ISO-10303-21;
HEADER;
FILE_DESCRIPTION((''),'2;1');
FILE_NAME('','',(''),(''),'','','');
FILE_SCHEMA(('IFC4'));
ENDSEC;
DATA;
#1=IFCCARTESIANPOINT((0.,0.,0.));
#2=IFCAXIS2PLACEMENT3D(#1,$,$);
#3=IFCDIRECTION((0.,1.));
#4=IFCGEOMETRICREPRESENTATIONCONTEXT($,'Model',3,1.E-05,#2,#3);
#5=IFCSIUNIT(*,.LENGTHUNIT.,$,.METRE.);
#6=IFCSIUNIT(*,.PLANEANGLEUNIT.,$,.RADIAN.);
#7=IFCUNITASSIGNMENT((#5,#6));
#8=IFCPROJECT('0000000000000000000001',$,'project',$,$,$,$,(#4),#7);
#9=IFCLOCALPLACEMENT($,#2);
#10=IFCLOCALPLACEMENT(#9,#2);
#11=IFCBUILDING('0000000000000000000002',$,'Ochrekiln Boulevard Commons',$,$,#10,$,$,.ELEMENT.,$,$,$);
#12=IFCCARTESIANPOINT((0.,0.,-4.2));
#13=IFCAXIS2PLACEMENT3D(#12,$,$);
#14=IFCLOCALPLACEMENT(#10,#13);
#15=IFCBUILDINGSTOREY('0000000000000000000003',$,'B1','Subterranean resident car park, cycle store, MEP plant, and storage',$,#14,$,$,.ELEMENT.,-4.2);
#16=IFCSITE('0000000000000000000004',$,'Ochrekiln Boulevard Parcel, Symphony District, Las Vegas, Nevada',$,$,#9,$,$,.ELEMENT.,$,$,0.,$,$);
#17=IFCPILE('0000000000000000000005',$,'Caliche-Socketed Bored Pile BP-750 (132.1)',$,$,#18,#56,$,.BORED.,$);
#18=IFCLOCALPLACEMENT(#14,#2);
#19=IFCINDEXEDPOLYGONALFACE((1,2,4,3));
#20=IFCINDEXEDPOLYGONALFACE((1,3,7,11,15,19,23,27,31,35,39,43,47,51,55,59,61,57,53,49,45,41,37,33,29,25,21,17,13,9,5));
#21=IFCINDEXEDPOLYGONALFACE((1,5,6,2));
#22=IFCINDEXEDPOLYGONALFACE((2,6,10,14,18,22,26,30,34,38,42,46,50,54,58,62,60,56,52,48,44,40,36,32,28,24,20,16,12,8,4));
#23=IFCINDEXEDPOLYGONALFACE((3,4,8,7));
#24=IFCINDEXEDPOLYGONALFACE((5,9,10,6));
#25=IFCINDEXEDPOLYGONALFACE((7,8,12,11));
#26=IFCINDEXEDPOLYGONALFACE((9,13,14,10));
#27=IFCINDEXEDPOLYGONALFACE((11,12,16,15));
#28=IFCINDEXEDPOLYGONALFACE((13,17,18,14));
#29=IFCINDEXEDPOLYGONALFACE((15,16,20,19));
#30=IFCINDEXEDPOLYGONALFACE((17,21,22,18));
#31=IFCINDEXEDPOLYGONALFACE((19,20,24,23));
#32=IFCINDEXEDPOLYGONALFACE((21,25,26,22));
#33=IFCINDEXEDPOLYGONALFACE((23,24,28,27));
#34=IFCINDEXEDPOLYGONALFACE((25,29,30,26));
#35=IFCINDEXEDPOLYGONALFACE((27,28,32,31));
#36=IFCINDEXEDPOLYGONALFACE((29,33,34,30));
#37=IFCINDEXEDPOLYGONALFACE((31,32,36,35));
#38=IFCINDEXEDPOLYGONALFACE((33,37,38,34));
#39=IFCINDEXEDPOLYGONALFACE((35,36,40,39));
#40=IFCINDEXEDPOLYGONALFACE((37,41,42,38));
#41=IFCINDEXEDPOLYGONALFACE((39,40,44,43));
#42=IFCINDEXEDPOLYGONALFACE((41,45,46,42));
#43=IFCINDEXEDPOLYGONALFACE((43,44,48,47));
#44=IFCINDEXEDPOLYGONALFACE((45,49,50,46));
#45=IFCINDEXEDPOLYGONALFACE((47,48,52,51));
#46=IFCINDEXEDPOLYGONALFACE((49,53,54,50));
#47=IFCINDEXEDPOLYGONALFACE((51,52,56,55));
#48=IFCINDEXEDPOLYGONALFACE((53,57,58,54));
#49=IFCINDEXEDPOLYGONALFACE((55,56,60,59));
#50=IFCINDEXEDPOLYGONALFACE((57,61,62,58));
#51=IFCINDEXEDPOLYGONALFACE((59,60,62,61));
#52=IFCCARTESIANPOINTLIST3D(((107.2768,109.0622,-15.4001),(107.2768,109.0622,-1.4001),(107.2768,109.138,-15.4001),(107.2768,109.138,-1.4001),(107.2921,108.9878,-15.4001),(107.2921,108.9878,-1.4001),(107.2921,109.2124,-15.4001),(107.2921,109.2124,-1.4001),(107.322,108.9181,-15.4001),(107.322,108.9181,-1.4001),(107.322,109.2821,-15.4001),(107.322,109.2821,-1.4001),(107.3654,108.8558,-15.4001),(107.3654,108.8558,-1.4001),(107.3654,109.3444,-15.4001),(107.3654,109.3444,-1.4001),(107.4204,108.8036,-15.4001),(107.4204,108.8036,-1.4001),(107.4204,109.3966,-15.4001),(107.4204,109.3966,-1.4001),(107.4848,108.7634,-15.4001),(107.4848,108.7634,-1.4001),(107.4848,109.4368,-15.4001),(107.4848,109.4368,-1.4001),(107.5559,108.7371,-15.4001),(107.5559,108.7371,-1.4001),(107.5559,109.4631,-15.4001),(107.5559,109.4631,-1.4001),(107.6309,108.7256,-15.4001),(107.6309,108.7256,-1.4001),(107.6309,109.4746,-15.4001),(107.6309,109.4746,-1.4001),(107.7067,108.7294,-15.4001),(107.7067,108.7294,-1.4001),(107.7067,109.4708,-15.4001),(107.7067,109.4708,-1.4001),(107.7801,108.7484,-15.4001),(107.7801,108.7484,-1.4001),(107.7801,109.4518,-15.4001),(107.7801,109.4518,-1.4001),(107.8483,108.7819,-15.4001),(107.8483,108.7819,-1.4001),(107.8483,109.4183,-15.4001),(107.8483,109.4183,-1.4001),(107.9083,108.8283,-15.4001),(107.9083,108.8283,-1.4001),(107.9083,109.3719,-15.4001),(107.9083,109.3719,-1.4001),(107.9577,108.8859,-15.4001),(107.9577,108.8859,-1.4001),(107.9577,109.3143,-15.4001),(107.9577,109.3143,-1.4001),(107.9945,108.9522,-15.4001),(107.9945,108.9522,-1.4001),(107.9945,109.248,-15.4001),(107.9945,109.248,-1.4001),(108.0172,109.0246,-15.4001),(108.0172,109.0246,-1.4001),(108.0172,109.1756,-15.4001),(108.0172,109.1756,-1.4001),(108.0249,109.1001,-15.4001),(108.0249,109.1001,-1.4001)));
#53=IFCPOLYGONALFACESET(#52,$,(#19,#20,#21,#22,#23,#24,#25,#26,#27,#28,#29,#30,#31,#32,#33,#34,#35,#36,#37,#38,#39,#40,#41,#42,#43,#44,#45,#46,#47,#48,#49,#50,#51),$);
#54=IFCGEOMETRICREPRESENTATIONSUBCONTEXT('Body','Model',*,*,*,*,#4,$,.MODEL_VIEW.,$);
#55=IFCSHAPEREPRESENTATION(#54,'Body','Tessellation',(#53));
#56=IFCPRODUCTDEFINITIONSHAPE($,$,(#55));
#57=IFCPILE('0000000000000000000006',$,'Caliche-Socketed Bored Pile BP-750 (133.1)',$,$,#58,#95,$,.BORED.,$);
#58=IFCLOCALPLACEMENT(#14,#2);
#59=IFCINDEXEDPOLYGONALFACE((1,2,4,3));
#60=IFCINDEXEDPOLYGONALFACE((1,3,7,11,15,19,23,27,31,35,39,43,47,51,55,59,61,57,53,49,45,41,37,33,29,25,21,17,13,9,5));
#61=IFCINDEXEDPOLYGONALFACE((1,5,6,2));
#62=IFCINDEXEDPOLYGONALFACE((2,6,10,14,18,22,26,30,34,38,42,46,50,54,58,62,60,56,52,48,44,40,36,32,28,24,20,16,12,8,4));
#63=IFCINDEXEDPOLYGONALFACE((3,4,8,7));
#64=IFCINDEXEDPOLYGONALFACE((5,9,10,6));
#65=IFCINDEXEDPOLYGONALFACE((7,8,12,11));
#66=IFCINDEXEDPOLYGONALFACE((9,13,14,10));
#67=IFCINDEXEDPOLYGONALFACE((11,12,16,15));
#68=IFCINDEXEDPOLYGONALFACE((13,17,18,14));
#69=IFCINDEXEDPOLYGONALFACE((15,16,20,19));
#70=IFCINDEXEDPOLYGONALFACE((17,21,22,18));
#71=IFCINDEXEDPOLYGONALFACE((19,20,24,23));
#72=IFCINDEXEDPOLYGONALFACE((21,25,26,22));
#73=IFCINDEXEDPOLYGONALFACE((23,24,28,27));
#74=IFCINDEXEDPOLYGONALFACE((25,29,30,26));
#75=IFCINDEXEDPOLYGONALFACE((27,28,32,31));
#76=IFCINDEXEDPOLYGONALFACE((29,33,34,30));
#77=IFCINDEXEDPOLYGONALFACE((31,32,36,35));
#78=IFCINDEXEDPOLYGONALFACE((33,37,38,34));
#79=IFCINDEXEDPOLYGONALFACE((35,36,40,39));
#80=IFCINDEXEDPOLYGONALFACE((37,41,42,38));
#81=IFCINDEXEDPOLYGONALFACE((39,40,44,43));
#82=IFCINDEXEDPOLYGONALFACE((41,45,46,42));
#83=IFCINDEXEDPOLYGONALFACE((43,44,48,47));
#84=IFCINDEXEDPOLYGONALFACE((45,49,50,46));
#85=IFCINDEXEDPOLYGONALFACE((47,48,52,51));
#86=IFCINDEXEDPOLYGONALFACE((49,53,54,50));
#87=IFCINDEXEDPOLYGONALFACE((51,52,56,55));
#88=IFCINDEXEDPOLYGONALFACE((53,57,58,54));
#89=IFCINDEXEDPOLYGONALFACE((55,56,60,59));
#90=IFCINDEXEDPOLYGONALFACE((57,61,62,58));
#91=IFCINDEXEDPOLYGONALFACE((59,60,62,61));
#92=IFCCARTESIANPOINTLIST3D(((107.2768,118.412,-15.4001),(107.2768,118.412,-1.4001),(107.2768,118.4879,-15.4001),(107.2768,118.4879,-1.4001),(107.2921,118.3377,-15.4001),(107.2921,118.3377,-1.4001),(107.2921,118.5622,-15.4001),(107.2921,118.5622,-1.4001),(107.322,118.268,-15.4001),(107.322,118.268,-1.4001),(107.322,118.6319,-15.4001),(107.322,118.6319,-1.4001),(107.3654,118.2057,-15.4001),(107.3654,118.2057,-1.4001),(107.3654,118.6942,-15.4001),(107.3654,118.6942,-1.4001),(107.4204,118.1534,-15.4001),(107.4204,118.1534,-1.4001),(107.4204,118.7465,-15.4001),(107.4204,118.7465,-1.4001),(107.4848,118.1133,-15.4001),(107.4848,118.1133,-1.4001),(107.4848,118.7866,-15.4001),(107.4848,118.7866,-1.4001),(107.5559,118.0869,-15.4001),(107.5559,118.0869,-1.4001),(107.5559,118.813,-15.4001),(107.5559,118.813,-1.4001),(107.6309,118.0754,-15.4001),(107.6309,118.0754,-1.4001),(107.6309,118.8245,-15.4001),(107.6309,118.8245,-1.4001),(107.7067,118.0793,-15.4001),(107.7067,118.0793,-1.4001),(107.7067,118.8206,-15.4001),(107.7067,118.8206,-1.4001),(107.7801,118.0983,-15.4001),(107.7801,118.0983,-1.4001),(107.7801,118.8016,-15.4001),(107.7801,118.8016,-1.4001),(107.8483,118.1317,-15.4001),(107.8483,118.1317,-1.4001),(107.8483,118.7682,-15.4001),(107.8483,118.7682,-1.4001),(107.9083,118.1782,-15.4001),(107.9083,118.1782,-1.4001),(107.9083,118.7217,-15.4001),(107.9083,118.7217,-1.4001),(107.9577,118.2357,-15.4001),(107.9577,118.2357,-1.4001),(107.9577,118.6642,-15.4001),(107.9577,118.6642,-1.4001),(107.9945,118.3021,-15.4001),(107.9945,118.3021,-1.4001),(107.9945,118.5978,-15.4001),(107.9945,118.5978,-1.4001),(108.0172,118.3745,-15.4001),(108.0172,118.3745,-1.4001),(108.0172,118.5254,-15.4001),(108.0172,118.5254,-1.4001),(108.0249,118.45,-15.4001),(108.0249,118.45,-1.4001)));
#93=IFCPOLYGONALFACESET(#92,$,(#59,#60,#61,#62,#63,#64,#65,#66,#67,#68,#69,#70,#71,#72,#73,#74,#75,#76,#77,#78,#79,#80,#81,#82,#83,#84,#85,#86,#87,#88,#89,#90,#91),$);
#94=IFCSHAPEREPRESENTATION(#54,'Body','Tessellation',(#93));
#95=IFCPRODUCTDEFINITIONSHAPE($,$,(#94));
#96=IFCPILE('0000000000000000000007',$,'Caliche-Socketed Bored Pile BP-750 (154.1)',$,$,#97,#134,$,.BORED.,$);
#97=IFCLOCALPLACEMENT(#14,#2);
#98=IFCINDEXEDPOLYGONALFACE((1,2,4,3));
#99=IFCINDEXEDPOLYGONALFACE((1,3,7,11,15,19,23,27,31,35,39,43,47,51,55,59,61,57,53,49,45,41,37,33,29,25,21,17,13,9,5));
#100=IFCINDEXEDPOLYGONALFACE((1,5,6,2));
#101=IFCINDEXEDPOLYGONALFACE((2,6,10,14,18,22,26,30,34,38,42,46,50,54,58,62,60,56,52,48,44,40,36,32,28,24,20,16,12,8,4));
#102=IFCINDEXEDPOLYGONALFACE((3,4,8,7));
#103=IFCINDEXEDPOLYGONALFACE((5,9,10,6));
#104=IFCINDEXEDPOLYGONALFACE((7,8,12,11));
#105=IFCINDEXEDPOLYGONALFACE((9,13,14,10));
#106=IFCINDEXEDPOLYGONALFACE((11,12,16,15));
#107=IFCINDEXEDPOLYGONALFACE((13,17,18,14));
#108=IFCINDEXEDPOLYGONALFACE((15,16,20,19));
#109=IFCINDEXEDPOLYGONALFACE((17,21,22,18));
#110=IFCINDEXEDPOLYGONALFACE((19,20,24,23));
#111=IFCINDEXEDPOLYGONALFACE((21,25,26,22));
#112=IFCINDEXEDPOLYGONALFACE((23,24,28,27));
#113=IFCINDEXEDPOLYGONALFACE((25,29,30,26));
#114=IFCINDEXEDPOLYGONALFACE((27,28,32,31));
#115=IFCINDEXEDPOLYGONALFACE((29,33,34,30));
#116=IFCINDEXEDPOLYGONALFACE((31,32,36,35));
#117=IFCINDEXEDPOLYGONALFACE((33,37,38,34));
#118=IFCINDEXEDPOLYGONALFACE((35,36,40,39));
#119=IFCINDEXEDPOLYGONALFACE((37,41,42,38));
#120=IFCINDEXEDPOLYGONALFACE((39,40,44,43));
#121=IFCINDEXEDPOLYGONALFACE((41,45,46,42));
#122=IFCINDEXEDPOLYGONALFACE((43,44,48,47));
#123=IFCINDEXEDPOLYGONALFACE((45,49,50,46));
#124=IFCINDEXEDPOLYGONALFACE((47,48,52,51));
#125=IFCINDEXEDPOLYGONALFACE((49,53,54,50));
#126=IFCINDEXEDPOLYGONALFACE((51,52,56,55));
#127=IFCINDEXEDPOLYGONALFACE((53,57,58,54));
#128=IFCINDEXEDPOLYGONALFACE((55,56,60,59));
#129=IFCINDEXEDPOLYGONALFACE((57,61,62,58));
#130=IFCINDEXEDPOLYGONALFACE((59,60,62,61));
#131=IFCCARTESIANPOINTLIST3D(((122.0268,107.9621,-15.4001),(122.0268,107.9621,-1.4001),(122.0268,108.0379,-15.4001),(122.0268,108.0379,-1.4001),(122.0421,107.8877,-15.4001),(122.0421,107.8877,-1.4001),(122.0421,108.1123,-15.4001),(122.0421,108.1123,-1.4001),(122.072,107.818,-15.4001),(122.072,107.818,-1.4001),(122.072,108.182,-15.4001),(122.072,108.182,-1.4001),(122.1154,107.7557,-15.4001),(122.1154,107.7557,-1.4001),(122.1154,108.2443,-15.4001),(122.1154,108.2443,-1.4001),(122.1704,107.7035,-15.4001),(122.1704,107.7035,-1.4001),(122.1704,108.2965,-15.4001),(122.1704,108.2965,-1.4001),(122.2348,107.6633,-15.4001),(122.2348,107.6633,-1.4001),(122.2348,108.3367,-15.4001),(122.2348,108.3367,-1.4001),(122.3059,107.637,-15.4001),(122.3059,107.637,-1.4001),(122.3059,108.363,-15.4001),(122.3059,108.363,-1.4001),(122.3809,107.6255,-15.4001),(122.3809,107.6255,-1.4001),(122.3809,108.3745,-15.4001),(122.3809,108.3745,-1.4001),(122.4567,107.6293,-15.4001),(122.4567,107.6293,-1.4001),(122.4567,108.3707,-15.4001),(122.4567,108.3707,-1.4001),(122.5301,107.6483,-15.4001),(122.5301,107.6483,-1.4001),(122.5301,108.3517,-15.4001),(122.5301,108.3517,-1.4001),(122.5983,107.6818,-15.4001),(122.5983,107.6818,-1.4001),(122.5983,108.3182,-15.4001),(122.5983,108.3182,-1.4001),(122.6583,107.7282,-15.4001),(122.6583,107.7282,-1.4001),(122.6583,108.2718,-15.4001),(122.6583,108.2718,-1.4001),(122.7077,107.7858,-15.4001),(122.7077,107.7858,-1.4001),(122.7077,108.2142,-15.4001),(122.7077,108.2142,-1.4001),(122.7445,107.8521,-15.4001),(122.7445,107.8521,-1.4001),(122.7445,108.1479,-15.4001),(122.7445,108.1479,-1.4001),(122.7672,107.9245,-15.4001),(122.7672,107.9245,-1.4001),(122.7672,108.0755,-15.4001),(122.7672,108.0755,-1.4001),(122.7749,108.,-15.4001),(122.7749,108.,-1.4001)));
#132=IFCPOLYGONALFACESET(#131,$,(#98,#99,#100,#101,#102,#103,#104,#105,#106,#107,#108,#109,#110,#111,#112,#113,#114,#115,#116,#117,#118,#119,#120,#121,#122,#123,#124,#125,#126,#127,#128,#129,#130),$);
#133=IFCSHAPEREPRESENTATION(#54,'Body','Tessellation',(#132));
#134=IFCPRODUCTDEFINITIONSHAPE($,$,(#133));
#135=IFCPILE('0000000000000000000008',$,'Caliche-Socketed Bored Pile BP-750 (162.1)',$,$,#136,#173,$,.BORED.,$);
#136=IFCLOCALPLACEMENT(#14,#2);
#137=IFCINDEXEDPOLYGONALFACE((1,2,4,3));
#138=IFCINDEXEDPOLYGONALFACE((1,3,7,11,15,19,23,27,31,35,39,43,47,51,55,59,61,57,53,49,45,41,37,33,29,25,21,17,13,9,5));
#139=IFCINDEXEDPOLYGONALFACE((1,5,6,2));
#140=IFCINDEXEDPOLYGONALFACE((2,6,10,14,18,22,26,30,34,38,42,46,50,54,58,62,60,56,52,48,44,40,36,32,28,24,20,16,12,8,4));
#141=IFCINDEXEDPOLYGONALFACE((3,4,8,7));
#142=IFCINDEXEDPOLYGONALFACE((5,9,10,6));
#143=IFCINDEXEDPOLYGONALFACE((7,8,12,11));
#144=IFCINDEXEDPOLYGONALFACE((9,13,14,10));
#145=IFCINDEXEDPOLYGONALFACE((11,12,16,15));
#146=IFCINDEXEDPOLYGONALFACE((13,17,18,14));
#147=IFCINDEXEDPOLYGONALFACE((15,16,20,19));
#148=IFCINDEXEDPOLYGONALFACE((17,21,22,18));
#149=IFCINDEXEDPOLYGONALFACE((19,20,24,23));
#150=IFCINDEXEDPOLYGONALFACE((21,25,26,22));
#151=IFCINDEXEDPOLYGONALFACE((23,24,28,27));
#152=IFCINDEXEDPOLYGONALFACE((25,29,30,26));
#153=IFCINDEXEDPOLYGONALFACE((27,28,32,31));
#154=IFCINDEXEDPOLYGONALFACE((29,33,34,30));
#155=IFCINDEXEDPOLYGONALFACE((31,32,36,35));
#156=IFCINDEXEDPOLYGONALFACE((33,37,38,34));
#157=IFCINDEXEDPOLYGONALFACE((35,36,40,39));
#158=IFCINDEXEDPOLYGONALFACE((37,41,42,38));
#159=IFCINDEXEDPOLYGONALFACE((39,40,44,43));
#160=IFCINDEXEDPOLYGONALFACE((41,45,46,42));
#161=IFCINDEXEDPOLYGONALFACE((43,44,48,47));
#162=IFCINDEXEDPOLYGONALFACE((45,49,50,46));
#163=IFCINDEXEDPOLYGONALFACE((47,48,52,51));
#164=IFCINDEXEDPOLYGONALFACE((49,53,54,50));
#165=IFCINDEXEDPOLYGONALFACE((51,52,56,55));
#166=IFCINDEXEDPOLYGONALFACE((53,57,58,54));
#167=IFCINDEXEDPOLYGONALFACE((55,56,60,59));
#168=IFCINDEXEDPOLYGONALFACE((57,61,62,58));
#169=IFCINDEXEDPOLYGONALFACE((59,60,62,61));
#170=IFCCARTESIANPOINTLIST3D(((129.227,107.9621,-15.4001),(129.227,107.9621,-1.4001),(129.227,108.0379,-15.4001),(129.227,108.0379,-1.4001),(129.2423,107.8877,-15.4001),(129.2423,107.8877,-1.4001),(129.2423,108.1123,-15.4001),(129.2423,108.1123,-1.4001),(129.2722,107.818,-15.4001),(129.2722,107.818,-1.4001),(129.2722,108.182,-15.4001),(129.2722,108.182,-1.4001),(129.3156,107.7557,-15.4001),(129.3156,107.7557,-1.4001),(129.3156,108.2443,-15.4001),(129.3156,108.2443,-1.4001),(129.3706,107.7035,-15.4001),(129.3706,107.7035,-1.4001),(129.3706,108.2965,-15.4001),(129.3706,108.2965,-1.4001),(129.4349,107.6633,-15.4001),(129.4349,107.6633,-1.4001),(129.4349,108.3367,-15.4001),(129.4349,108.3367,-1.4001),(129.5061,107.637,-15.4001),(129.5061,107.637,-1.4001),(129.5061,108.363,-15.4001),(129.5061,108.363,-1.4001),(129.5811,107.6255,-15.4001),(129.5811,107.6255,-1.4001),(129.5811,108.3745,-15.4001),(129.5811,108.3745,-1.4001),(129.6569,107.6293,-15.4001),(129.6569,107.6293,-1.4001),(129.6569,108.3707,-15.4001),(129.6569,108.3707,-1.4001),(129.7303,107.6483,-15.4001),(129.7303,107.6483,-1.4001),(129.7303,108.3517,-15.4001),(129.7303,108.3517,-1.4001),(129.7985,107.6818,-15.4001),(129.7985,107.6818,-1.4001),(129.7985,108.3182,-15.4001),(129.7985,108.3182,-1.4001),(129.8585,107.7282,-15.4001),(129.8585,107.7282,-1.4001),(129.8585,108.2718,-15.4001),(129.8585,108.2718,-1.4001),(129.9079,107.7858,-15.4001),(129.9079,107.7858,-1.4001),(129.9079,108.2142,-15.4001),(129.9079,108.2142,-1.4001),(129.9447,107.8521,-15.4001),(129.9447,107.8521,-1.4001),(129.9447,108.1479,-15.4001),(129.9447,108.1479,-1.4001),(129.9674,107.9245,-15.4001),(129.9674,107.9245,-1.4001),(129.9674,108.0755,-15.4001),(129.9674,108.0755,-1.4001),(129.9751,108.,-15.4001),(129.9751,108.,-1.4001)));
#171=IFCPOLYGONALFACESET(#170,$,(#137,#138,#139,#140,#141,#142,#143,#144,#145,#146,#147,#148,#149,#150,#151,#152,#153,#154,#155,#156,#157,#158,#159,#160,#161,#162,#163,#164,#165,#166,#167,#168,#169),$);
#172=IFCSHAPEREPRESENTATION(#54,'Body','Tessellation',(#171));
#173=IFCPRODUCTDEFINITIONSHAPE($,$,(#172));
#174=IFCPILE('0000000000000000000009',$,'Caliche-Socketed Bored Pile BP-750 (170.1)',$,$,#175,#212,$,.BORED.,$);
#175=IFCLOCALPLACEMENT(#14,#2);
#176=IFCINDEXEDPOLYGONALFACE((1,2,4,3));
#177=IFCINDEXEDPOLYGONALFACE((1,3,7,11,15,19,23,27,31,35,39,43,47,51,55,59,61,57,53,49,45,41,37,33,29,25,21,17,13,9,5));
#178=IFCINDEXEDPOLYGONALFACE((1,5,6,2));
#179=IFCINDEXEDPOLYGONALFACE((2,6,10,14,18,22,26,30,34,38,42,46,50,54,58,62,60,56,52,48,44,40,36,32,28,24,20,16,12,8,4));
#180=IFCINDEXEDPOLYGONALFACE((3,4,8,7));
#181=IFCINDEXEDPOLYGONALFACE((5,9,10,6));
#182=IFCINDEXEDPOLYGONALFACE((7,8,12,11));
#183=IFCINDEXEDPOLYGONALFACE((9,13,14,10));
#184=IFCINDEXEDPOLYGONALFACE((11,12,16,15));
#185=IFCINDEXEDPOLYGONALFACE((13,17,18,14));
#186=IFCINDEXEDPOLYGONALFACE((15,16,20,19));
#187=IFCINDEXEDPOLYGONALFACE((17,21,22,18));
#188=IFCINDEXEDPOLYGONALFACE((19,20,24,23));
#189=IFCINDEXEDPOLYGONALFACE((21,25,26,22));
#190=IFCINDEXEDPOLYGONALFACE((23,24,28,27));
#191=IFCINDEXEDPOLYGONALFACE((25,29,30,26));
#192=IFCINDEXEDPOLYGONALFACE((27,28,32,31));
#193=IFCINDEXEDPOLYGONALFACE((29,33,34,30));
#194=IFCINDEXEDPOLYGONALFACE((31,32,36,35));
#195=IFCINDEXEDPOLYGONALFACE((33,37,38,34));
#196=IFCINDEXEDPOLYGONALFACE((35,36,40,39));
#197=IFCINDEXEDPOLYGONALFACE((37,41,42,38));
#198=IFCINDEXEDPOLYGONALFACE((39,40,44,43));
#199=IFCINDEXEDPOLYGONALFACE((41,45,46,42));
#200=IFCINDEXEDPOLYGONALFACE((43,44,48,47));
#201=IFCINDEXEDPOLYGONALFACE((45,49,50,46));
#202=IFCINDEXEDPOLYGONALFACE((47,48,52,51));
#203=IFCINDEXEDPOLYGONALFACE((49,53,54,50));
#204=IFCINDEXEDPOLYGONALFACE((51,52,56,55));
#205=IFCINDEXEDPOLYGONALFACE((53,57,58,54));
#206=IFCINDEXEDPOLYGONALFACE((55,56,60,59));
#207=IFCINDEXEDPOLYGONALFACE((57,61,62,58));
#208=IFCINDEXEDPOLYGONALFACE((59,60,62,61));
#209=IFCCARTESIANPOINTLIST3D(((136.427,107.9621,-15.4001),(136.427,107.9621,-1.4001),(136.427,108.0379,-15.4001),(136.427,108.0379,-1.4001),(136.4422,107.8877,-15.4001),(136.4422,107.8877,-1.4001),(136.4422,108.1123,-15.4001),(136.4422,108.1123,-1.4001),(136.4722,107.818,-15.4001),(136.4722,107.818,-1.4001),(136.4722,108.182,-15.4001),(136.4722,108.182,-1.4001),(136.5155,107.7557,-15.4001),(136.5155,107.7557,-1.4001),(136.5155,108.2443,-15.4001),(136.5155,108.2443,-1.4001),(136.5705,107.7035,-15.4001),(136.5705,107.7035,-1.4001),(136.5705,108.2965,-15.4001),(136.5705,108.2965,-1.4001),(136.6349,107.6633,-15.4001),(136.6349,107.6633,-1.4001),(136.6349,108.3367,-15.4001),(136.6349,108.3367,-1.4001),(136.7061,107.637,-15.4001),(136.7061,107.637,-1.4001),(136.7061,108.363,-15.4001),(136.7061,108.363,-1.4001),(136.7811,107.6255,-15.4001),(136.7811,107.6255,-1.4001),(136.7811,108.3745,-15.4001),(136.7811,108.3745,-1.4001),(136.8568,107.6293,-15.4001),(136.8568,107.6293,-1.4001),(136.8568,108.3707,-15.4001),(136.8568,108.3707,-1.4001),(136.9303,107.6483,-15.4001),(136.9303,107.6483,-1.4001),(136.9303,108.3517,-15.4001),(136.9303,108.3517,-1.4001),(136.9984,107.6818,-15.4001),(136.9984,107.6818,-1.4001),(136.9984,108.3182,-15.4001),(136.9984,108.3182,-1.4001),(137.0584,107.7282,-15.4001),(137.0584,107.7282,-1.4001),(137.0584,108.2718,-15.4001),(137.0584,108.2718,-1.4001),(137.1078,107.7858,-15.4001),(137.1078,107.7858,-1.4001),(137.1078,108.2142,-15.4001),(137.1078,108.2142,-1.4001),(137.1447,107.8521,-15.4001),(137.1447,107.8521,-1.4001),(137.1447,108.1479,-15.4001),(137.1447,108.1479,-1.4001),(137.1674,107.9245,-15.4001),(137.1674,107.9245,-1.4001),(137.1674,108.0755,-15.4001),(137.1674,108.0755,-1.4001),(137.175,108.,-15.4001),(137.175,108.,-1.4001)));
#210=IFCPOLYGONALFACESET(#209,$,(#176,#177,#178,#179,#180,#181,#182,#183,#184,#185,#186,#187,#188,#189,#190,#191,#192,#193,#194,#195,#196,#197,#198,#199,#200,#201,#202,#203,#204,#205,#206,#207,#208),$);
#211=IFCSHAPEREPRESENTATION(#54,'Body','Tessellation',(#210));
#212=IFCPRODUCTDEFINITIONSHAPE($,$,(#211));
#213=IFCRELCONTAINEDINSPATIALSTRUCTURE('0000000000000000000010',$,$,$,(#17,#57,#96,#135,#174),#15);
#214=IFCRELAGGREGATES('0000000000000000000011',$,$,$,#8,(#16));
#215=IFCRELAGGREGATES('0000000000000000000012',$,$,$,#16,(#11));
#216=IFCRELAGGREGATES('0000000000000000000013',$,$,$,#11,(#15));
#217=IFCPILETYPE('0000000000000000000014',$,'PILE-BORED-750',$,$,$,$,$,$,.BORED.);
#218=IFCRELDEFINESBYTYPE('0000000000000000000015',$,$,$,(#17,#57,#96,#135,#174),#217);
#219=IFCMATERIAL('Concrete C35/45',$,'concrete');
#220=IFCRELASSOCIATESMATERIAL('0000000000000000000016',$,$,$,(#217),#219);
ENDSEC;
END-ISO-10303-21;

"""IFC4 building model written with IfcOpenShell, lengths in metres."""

from ifc_helpers import new_model, si_unit, direction, frame, origin, origin_2d, place, context, subcontext, project, spatial, circle, extrude, material, material_profile, profile_set, type_object, element, save


model = new_model("IFC4")

# Units and contexts
model_context = context("Model", 3, precision=1e-05, world=origin(), true_north=direction((0.0, 1.0)))
body_context = subcontext(model_context, "Body", "Model", "MODEL_VIEW")
ifc_project = project(units=[si_unit("LENGTHUNIT", "METRE"), si_unit("PLANEANGLEUNIT", "RADIAN")], contexts=[model_context])

# Site, building, storey
site_placement = place(None, origin())
site = spatial("IfcSite", under=ifc_project, at=site_placement, Name="Ochrekiln Boulevard Parcel, Symphony District, Las Vegas, Nevada", CompositionType="ELEMENT", RefElevation=0.0)
building_placement = place(site_placement, origin())
building = spatial("IfcBuilding", under=site, at=building_placement, Name="Ochrekiln Boulevard Commons", CompositionType="ELEMENT")
storey_placement = place(building_placement, frame((0.0, 0.0, -4.2)))
storey = spatial("IfcBuildingStorey", under=building, at=storey_placement, Name="B1", Description="Subterranean resident car park, cycle store, MEP plant, and storage", CompositionType="ELEMENT", Elevation=-4.2)

# Shared definitions
ifc_material_1 = material(Name="Concrete C35/45", Category="concrete")

# Piles
ifc_material_profile_1 = material_profile(ifc_material_1, circle(Radius=0.375, at=origin_2d()), Name="PILE-D750")
ifc_profile_set_1 = profile_set([ifc_material_profile_1], Name="Concrete C35/45")
pile_type = type_object("IfcPileType", Name="PILE-BORED-750", PredefinedType="BORED", material=ifc_profile_set_1)
for number, where, z_axis, x_axis, name in (
    (1, (107.6499, 109.1001, -1.4001), (0.0, 0.0, -1.0), (1.0, 0.0, 0.0), "Caliche-Socketed Bored Pile BP-750 (132.1)"),
    (2, (107.6499, 118.45, -1.4001), (0.0, 0.0, -1.0), (1.0, 0.0, 0.0), "Caliche-Socketed Bored Pile BP-750 (133.1)"),
    (3, (122.3999, 108.0, -1.4001), (0.0, 0.0, -1.0), (1.0, 0.0, 0.0), "Caliche-Socketed Bored Pile BP-750 (154.1)"),
    (4, (129.6001, 108.0, -1.4001), (0.0, 0.0, -1.0), (1.0, 0.0, 0.0), "Caliche-Socketed Bored Pile BP-750 (162.1)"),
    (5, (136.8, 108.0, -1.4001), (0.0, 0.0, -1.0), (1.0, 0.0, 0.0), "Caliche-Socketed Bored Pile BP-750 (170.1)"),
):
    element("IfcPile", number, at=place(storey_placement, frame(where, z_axis=z_axis, x_axis=x_axis)), inside=storey, type_object=pile_type, Name=name, PredefinedType="BORED", context=body_context, shape_type="SweptSolid", body=[
        extrude(circle(Radius=0.375, at=origin_2d()), origin(), (0.0, 0.0, 1.0), 14.0),
    ])

save(model, "model.ifc")
